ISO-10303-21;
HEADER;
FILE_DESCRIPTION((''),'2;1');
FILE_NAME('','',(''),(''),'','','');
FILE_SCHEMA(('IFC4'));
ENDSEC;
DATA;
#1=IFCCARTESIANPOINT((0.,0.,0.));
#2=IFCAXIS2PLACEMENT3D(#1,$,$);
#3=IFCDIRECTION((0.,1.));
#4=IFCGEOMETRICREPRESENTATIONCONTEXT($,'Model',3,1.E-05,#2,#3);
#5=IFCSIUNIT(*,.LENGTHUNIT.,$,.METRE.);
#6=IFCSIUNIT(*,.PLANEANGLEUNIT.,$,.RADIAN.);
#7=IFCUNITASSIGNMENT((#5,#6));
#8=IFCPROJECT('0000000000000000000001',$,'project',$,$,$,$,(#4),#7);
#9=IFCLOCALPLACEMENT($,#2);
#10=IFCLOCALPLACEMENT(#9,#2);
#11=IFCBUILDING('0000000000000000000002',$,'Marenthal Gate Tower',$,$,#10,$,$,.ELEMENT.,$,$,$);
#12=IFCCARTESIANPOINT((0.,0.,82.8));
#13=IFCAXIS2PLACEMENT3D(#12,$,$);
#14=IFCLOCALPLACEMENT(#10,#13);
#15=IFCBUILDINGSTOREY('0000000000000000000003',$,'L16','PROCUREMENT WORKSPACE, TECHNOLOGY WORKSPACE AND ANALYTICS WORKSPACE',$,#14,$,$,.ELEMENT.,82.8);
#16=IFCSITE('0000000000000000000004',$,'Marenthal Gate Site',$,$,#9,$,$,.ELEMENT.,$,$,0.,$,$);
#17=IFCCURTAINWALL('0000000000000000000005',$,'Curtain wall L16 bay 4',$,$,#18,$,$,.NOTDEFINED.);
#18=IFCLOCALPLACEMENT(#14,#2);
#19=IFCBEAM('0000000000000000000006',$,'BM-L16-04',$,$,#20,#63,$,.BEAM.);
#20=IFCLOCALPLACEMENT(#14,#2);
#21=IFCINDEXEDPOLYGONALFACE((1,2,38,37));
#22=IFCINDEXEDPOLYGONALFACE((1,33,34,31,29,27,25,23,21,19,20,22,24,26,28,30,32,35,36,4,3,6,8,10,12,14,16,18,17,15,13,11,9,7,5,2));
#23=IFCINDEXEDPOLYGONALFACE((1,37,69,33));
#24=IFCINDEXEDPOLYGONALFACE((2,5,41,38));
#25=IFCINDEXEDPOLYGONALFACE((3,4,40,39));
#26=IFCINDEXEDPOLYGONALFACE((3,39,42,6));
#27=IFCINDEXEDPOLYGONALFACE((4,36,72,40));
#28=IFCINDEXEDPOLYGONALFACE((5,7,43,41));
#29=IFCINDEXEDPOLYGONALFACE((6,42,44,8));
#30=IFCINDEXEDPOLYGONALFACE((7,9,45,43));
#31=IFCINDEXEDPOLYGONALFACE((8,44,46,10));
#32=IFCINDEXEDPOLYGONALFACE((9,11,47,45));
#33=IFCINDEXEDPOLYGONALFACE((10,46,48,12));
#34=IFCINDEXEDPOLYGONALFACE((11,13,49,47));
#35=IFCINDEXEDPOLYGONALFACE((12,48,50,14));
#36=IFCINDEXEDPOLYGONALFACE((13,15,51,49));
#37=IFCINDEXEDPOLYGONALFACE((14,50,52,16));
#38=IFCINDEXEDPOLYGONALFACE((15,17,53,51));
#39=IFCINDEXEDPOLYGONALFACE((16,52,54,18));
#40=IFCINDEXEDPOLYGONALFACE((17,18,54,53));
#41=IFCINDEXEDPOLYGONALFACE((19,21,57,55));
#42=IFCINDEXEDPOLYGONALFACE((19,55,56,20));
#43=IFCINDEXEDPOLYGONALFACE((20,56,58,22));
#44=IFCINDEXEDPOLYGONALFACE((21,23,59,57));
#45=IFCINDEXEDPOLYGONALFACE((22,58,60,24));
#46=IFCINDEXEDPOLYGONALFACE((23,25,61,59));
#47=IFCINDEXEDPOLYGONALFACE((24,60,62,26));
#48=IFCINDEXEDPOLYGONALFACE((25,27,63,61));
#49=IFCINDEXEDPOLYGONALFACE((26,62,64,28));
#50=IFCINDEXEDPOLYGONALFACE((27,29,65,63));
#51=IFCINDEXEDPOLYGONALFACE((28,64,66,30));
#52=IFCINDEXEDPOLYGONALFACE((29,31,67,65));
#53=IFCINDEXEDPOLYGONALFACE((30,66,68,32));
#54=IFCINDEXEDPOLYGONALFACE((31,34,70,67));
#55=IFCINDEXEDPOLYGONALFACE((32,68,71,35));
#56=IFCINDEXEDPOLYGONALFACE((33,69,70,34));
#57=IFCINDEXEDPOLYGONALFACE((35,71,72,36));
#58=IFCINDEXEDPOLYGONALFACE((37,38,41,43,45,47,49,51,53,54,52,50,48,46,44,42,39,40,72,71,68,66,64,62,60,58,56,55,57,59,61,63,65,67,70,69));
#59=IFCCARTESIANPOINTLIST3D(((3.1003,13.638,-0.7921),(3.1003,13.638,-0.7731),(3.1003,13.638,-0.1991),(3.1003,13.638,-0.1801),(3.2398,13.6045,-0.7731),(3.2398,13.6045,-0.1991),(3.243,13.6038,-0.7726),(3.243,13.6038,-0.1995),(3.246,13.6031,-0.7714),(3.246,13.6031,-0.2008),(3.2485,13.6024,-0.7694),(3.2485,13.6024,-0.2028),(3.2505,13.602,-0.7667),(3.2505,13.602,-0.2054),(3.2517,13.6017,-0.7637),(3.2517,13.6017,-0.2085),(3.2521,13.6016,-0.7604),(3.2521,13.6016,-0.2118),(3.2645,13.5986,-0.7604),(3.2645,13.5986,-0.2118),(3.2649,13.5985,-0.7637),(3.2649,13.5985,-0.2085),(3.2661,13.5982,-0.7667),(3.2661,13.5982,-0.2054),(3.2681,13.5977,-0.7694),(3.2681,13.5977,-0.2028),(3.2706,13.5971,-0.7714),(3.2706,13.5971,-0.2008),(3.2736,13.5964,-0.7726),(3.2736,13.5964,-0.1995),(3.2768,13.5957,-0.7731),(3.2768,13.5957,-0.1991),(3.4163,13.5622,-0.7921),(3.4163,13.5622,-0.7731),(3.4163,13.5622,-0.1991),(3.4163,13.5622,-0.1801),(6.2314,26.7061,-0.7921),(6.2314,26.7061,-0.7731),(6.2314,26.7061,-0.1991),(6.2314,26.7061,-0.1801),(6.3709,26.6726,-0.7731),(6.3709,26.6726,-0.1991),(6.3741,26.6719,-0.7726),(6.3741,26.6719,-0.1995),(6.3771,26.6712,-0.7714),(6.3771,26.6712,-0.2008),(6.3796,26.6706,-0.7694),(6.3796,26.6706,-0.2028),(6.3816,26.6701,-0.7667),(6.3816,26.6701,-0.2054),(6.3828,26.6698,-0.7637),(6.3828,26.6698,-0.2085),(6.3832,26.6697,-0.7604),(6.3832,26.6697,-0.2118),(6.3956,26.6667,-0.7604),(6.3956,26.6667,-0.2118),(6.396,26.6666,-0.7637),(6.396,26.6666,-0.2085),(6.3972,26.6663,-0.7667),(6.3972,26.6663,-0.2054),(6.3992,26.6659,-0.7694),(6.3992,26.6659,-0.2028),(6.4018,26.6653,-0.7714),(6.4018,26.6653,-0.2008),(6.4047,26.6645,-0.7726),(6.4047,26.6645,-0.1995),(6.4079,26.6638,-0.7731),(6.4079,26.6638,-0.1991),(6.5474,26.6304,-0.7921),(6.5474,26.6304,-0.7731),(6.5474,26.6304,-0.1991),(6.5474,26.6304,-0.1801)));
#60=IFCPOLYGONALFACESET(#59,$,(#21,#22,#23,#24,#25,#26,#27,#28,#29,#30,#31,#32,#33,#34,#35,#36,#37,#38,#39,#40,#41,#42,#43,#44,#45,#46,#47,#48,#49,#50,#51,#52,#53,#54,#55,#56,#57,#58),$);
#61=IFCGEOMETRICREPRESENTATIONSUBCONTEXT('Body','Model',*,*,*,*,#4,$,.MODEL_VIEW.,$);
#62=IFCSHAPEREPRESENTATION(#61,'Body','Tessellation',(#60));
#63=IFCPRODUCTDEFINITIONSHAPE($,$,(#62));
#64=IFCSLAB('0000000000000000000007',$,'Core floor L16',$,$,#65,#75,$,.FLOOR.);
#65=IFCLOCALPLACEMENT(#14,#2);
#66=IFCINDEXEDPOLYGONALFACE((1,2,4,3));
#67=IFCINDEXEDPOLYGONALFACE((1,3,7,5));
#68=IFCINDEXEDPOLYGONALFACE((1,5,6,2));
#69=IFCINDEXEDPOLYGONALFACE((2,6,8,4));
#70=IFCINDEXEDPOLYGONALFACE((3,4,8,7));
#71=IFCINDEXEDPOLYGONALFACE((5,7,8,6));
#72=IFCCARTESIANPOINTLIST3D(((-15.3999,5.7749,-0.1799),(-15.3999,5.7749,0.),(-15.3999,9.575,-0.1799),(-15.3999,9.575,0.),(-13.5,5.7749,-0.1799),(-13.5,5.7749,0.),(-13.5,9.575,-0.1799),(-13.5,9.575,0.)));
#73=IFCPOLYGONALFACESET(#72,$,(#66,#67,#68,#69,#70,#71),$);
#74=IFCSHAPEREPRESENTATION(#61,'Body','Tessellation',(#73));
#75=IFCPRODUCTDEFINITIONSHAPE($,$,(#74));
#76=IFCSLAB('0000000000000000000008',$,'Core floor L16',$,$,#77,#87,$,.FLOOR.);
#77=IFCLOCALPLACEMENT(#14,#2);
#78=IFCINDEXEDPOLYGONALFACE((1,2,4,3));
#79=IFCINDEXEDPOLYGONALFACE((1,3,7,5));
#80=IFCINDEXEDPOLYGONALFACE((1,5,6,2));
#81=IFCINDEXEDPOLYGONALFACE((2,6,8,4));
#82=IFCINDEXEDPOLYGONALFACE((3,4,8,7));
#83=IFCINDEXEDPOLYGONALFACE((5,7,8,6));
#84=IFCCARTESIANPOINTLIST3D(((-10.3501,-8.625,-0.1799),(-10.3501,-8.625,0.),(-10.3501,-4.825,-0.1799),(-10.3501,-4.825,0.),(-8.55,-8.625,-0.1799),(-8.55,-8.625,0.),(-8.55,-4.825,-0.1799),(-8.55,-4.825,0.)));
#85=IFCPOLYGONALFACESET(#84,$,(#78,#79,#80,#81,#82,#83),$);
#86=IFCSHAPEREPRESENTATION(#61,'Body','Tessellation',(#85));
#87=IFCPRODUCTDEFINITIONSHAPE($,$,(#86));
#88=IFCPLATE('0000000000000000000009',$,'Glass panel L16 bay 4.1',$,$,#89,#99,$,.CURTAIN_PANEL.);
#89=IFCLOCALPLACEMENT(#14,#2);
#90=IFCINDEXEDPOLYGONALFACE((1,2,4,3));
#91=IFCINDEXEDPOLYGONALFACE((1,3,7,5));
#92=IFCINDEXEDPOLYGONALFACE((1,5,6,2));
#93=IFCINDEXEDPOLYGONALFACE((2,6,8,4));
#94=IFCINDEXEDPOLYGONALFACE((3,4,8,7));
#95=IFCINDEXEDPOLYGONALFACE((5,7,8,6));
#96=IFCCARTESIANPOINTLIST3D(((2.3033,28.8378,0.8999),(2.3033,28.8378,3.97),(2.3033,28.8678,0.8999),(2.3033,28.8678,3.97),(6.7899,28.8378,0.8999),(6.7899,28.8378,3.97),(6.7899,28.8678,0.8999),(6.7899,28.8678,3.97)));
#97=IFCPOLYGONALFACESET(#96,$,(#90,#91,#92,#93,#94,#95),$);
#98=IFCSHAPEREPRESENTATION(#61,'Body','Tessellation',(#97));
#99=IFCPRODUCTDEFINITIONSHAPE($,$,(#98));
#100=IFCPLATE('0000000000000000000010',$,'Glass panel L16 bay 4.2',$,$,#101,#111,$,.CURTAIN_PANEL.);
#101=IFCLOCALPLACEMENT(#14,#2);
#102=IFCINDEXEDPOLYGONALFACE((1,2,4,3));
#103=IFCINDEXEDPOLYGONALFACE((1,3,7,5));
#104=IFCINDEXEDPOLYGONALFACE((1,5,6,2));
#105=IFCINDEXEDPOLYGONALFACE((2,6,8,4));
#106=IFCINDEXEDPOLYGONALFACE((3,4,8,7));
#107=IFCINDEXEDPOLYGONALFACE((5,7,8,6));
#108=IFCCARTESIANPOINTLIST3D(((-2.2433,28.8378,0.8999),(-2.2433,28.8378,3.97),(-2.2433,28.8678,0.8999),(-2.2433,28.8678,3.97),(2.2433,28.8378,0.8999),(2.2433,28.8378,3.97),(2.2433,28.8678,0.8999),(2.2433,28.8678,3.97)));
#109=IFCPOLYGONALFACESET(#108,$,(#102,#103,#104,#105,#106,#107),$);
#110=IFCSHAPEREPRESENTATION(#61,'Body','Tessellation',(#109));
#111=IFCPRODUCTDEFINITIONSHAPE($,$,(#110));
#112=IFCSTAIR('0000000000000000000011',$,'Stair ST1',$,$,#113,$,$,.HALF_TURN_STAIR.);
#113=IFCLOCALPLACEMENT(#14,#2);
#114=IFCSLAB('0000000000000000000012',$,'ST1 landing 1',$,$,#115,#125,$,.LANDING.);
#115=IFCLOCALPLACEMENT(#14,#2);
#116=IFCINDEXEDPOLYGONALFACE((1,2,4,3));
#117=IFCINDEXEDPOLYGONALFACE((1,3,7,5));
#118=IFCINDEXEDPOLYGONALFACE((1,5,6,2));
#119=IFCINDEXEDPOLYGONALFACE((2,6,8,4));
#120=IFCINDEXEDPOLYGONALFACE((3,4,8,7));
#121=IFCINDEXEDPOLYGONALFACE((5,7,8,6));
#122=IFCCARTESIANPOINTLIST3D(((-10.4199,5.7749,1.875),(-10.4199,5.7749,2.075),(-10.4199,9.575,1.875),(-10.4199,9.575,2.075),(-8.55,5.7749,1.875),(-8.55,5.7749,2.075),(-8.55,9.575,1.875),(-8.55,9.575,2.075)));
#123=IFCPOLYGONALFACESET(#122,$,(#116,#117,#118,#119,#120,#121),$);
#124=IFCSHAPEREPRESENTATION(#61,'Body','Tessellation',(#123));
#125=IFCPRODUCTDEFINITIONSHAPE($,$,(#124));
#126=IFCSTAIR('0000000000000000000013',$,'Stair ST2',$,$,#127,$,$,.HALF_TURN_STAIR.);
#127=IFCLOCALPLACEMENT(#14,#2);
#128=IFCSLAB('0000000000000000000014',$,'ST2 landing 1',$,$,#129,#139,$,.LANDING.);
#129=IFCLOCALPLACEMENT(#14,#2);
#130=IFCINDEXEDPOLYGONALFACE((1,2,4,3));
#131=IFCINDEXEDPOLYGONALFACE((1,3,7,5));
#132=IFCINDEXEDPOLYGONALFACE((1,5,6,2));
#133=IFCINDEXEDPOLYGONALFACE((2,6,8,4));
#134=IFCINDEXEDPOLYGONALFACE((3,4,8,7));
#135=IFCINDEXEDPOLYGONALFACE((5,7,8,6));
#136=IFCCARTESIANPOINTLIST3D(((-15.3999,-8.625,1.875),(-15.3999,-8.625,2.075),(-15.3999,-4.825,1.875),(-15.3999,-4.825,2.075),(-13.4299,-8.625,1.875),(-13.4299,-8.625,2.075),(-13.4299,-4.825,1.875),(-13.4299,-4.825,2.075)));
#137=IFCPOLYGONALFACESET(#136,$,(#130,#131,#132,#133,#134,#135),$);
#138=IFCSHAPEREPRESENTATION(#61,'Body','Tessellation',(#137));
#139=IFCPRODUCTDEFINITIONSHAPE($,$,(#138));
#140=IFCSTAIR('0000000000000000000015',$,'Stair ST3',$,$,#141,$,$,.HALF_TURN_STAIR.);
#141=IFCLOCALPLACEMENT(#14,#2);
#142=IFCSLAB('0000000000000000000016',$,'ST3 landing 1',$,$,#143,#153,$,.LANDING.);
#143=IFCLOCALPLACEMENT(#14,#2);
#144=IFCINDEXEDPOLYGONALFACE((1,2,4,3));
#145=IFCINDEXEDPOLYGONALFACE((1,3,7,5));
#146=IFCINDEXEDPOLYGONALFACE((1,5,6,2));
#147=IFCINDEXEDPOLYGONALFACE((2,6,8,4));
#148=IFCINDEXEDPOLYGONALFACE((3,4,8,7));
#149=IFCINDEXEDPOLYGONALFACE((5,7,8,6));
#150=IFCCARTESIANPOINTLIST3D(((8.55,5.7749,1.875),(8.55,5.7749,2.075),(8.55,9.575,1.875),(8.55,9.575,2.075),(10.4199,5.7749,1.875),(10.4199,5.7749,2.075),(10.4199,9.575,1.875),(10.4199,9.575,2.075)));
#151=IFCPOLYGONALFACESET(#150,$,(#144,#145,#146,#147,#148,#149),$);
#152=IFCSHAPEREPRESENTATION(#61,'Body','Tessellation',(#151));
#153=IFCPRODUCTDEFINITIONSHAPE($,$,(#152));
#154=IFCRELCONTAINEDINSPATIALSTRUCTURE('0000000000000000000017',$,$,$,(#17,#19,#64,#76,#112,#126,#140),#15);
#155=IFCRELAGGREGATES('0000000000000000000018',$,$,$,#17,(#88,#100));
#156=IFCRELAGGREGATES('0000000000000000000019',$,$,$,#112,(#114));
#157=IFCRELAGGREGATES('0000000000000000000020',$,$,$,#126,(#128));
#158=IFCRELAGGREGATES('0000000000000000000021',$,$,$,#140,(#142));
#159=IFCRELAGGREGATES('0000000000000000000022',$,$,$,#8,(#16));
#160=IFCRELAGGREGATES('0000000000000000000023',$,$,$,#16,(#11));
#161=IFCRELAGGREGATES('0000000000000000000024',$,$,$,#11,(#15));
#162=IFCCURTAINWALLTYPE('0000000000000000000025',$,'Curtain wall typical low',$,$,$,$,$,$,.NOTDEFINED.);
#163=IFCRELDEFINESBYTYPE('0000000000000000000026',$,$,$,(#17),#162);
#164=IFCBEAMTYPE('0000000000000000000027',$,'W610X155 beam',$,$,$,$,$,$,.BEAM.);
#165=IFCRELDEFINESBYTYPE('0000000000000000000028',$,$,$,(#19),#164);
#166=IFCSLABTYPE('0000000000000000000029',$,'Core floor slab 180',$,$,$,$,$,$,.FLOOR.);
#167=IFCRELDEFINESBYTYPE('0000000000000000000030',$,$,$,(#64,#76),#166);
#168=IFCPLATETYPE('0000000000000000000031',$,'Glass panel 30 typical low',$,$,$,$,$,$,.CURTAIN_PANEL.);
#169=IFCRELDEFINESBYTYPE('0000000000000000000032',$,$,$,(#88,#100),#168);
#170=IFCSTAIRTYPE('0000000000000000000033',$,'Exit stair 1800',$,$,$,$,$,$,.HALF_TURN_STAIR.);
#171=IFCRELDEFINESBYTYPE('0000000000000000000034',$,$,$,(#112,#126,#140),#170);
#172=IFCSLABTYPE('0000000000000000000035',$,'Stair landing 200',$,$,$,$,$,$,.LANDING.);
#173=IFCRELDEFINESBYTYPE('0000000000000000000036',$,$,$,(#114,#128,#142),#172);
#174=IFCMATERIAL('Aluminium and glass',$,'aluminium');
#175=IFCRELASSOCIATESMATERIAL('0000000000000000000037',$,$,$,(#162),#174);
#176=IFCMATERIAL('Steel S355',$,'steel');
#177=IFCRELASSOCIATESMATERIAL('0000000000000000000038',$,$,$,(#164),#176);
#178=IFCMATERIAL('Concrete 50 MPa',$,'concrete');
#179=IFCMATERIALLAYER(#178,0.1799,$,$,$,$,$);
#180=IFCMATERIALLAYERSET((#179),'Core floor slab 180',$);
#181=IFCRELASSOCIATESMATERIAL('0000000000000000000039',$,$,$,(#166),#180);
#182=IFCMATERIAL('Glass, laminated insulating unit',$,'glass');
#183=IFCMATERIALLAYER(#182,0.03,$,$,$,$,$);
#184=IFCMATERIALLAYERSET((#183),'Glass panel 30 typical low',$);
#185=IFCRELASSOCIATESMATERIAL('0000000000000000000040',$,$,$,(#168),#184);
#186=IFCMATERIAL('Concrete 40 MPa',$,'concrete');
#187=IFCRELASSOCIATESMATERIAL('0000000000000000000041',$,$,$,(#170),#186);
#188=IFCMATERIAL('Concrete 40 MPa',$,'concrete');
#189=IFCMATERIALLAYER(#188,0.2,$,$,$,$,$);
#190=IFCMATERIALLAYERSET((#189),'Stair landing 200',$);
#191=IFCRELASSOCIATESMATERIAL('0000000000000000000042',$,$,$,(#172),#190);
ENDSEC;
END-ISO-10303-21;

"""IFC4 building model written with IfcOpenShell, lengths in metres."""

from ifc_helpers import new_model, si_unit, direction, frame, origin, origin_2d, place, context, subcontext, project, spatial, polyline, rectangle, i_section, outline, extrude, material, layer, layer_set, material_profile, profile_set, type_object, element, aggregate, save


model = new_model("IFC4")

# Units and contexts
model_context = context("Model", 3, precision=1e-05, world=origin(), true_north=direction((0.0, 1.0)))
body_context = subcontext(model_context, "Body", "Model", "MODEL_VIEW")
ifc_project = project(units=[si_unit("LENGTHUNIT", "METRE"), si_unit("PLANEANGLEUNIT", "RADIAN")], contexts=[model_context])

# Site, building, storey
site_placement = place(None, origin())
site = spatial("IfcSite", under=ifc_project, at=site_placement, Name="Marenthal Gate Site", CompositionType="ELEMENT", RefElevation=0.0)
building_placement = place(site_placement, origin())
building = spatial("IfcBuilding", under=site, at=building_placement, Name="Marenthal Gate Tower", CompositionType="ELEMENT")
storey_placement = place(building_placement, frame((0.0, 0.0, 82.8)))
storey = spatial("IfcBuildingStorey", under=building, at=storey_placement, Name="L16", Description="PROCUREMENT WORKSPACE, TECHNOLOGY WORKSPACE AND ANALYTICS WORKSPACE", CompositionType="ELEMENT", Elevation=82.8)

# Curtain wall
ifc_material_1 = material(Name="Aluminium and glass", Category="aluminium")
curtain_wall_type = type_object("IfcCurtainWallType", Name="Curtain wall typical low", PredefinedType="NOTDEFINED", material=ifc_material_1)
curtain_wall_placement = place(storey_placement, origin())
curtain_wall = element("IfcCurtainWall", 1, at=curtain_wall_placement, inside=storey, type_object=curtain_wall_type, Name="Curtain wall L16 bay 4", PredefinedType="NOTDEFINED")

# Beam
ifc_material_2 = material(Name="Steel S355", Category="steel")
ifc_material_profile_1 = material_profile(ifc_material_2, i_section(OverallWidth=0.325, OverallDepth=0.6121, WebThickness=0.0127, FlangeThickness=0.019, FilletRadius=0.0127, at=origin_2d()), Name="W610X155")
ifc_profile_set_1 = profile_set([ifc_material_profile_1], Name="Steel S355")
beam_type_1 = type_object("IfcBeamType", Name="W610X155 beam", PredefinedType="BEAM", material=ifc_profile_set_1)
beam_1_placement = place(storey_placement, frame((6.3894, 26.6682, -0.4861), z_axis=(-0.233004, -0.972476, 0.0), x_axis=(0.972476, -0.233004, 0.0)))
element("IfcBeam", 2, at=beam_1_placement, inside=storey, type_object=beam_type_1, Name="BM-L16-04", PredefinedType="BEAM", context=body_context, shape_type="SweptSolid", body=[
    extrude(i_section(OverallWidth=0.325, OverallDepth=0.6121, WebThickness=0.0127, FlangeThickness=0.019, FilletRadius=0.0127, at=origin_2d()), origin(), (0.0, 0.0, 1.0), 13.438),
])

# Slabs
ifc_material_3 = material(Name="Concrete 50 MPa", Category="concrete")
ifc_layer_1 = layer(ifc_material_3, 0.1799)
ifc_layer_set_1 = layer_set([ifc_layer_1], Name="Core floor slab 180")
slab_type_1 = type_object("IfcSlabType", Name="Core floor slab 180", PredefinedType="FLOOR", material=ifc_layer_set_1)
slab_1_placement = place(storey_placement, frame((0.0, 0.0, -0.1799)))
element("IfcSlab", 3, at=slab_1_placement, inside=storey, type_object=slab_type_1, Name="Core floor L16", PredefinedType="FLOOR", context=body_context, shape_type="SweptSolid", body=[
    extrude(outline(polyline([(-15.3999, 9.575), (-13.5, 9.575), (-13.5, 5.7749), (-15.3999, 5.7749), (-15.3999, 9.575)])), origin(), (0.0, 0.0, 1.0), 0.1799),
])
slab_2_placement = place(storey_placement, frame((0.0, 0.0, -0.1799)))
element("IfcSlab", 4, at=slab_2_placement, inside=storey, type_object=slab_type_1, Name="Core floor L16", PredefinedType="FLOOR", context=body_context, shape_type="SweptSolid", body=[
    extrude(outline(polyline([(-8.55, -8.625), (-10.3501, -8.625), (-10.3501, -4.825), (-8.55, -4.825), (-8.55, -8.625)])), origin(), (0.0, 0.0, 1.0), 0.1799),
])

# Plates
ifc_material_4 = material(Name="Glass, laminated insulating unit", Category="glass")
ifc_layer_2 = layer(ifc_material_4, 0.03)
ifc_layer_set_2 = layer_set([ifc_layer_2], Name="Glass panel 30 typical low")
plate_type = type_object("IfcPlateType", Name="Glass panel 30 typical low", PredefinedType="CURTAIN_PANEL", material=ifc_layer_set_2)
plate_1_placement = place(storey_placement, frame((4.5466, 28.8528, 0.8999), z_axis=(0.0, 0.0, 1.0), x_axis=(-1.0, 0.0, 0.0)))
plate_1 = element("IfcPlate", 5, at=plate_1_placement, type_object=plate_type, Name="Glass panel L16 bay 4.1", PredefinedType="CURTAIN_PANEL", context=body_context, shape_type="SweptSolid", body=[
    extrude(rectangle(XDim=4.4866, YDim=0.03, at=origin_2d()), origin(), (0.0, 0.0, 1.0), 3.0701),
])
plate_2_placement = place(storey_placement, frame((0.0, 28.8528, 0.8999), z_axis=(0.0, 0.0, 1.0), x_axis=(-1.0, 0.0, 0.0)))
plate_2 = element("IfcPlate", 6, at=plate_2_placement, type_object=plate_type, Name="Glass panel L16 bay 4.2", PredefinedType="CURTAIN_PANEL", context=body_context, shape_type="SweptSolid", body=[
    extrude(rectangle(XDim=4.4866, YDim=0.03, at=origin_2d()), origin(), (0.0, 0.0, 1.0), 3.0701),
])
aggregate(curtain_wall, [plate_1, plate_2])

# Stairs, slabs
ifc_material_5 = material(Name="Concrete 40 MPa", Category="concrete")
stair_type = type_object("IfcStairType", Name="Exit stair 1800", PredefinedType="HALF_TURN_STAIR", material=ifc_material_5)
stair_1_placement = place(storey_placement, origin())
stair_1 = element("IfcStair", 7, at=stair_1_placement, inside=storey, type_object=stair_type, Name="Stair ST1", PredefinedType="HALF_TURN_STAIR")
ifc_material_6 = material(Name="Concrete 40 MPa", Category="concrete")
ifc_layer_3 = layer(ifc_material_6, 0.2)
ifc_layer_set_3 = layer_set([ifc_layer_3], Name="Stair landing 200")
slab_type_2 = type_object("IfcSlabType", Name="Stair landing 200", PredefinedType="LANDING", material=ifc_layer_set_3)
slab_3_placement = place(storey_placement, frame((0.0, 0.0, 1.875)))
slab_3 = element("IfcSlab", 8, at=slab_3_placement, type_object=slab_type_2, Name="ST1 landing 1", PredefinedType="LANDING", context=body_context, shape_type="SweptSolid", body=[
    extrude(outline(polyline([(-10.4199, 5.7749), (-8.55, 5.7749), (-8.55, 9.575), (-10.4199, 9.575), (-10.4199, 5.7749)])), origin(), (0.0, 0.0, 1.0), 0.2),
])
aggregate(stair_1, [slab_3])
stair_2_placement = place(storey_placement, origin())
stair_2 = element("IfcStair", 9, at=stair_2_placement, inside=storey, type_object=stair_type, Name="Stair ST2", PredefinedType="HALF_TURN_STAIR")
slab_4_placement = place(storey_placement, frame((0.0, 0.0, 1.875)))
slab_4 = element("IfcSlab", 10, at=slab_4_placement, type_object=slab_type_2, Name="ST2 landing 1", PredefinedType="LANDING", context=body_context, shape_type="SweptSolid", body=[
    extrude(outline(polyline([(-15.3999, -8.625), (-13.4299, -8.625), (-13.4299, -4.825), (-15.3999, -4.825), (-15.3999, -8.625)])), origin(), (0.0, 0.0, 1.0), 0.2),
])
aggregate(stair_2, [slab_4])
stair_3_placement = place(storey_placement, origin())
stair_3 = element("IfcStair", 11, at=stair_3_placement, inside=storey, type_object=stair_type, Name="Stair ST3", PredefinedType="HALF_TURN_STAIR")
slab_5_placement = place(storey_placement, frame((0.0, 0.0, 1.875)))
slab_5 = element("IfcSlab", 12, at=slab_5_placement, type_object=slab_type_2, Name="ST3 landing 1", PredefinedType="LANDING", context=body_context, shape_type="SweptSolid", body=[
    extrude(outline(polyline([(8.55, 5.7749), (10.4199, 5.7749), (10.4199, 9.575), (8.55, 9.575), (8.55, 5.7749)])), origin(), (0.0, 0.0, 1.0), 0.2),
])

aggregate(stair_3, [slab_5])

save(model, "model.ifc")
